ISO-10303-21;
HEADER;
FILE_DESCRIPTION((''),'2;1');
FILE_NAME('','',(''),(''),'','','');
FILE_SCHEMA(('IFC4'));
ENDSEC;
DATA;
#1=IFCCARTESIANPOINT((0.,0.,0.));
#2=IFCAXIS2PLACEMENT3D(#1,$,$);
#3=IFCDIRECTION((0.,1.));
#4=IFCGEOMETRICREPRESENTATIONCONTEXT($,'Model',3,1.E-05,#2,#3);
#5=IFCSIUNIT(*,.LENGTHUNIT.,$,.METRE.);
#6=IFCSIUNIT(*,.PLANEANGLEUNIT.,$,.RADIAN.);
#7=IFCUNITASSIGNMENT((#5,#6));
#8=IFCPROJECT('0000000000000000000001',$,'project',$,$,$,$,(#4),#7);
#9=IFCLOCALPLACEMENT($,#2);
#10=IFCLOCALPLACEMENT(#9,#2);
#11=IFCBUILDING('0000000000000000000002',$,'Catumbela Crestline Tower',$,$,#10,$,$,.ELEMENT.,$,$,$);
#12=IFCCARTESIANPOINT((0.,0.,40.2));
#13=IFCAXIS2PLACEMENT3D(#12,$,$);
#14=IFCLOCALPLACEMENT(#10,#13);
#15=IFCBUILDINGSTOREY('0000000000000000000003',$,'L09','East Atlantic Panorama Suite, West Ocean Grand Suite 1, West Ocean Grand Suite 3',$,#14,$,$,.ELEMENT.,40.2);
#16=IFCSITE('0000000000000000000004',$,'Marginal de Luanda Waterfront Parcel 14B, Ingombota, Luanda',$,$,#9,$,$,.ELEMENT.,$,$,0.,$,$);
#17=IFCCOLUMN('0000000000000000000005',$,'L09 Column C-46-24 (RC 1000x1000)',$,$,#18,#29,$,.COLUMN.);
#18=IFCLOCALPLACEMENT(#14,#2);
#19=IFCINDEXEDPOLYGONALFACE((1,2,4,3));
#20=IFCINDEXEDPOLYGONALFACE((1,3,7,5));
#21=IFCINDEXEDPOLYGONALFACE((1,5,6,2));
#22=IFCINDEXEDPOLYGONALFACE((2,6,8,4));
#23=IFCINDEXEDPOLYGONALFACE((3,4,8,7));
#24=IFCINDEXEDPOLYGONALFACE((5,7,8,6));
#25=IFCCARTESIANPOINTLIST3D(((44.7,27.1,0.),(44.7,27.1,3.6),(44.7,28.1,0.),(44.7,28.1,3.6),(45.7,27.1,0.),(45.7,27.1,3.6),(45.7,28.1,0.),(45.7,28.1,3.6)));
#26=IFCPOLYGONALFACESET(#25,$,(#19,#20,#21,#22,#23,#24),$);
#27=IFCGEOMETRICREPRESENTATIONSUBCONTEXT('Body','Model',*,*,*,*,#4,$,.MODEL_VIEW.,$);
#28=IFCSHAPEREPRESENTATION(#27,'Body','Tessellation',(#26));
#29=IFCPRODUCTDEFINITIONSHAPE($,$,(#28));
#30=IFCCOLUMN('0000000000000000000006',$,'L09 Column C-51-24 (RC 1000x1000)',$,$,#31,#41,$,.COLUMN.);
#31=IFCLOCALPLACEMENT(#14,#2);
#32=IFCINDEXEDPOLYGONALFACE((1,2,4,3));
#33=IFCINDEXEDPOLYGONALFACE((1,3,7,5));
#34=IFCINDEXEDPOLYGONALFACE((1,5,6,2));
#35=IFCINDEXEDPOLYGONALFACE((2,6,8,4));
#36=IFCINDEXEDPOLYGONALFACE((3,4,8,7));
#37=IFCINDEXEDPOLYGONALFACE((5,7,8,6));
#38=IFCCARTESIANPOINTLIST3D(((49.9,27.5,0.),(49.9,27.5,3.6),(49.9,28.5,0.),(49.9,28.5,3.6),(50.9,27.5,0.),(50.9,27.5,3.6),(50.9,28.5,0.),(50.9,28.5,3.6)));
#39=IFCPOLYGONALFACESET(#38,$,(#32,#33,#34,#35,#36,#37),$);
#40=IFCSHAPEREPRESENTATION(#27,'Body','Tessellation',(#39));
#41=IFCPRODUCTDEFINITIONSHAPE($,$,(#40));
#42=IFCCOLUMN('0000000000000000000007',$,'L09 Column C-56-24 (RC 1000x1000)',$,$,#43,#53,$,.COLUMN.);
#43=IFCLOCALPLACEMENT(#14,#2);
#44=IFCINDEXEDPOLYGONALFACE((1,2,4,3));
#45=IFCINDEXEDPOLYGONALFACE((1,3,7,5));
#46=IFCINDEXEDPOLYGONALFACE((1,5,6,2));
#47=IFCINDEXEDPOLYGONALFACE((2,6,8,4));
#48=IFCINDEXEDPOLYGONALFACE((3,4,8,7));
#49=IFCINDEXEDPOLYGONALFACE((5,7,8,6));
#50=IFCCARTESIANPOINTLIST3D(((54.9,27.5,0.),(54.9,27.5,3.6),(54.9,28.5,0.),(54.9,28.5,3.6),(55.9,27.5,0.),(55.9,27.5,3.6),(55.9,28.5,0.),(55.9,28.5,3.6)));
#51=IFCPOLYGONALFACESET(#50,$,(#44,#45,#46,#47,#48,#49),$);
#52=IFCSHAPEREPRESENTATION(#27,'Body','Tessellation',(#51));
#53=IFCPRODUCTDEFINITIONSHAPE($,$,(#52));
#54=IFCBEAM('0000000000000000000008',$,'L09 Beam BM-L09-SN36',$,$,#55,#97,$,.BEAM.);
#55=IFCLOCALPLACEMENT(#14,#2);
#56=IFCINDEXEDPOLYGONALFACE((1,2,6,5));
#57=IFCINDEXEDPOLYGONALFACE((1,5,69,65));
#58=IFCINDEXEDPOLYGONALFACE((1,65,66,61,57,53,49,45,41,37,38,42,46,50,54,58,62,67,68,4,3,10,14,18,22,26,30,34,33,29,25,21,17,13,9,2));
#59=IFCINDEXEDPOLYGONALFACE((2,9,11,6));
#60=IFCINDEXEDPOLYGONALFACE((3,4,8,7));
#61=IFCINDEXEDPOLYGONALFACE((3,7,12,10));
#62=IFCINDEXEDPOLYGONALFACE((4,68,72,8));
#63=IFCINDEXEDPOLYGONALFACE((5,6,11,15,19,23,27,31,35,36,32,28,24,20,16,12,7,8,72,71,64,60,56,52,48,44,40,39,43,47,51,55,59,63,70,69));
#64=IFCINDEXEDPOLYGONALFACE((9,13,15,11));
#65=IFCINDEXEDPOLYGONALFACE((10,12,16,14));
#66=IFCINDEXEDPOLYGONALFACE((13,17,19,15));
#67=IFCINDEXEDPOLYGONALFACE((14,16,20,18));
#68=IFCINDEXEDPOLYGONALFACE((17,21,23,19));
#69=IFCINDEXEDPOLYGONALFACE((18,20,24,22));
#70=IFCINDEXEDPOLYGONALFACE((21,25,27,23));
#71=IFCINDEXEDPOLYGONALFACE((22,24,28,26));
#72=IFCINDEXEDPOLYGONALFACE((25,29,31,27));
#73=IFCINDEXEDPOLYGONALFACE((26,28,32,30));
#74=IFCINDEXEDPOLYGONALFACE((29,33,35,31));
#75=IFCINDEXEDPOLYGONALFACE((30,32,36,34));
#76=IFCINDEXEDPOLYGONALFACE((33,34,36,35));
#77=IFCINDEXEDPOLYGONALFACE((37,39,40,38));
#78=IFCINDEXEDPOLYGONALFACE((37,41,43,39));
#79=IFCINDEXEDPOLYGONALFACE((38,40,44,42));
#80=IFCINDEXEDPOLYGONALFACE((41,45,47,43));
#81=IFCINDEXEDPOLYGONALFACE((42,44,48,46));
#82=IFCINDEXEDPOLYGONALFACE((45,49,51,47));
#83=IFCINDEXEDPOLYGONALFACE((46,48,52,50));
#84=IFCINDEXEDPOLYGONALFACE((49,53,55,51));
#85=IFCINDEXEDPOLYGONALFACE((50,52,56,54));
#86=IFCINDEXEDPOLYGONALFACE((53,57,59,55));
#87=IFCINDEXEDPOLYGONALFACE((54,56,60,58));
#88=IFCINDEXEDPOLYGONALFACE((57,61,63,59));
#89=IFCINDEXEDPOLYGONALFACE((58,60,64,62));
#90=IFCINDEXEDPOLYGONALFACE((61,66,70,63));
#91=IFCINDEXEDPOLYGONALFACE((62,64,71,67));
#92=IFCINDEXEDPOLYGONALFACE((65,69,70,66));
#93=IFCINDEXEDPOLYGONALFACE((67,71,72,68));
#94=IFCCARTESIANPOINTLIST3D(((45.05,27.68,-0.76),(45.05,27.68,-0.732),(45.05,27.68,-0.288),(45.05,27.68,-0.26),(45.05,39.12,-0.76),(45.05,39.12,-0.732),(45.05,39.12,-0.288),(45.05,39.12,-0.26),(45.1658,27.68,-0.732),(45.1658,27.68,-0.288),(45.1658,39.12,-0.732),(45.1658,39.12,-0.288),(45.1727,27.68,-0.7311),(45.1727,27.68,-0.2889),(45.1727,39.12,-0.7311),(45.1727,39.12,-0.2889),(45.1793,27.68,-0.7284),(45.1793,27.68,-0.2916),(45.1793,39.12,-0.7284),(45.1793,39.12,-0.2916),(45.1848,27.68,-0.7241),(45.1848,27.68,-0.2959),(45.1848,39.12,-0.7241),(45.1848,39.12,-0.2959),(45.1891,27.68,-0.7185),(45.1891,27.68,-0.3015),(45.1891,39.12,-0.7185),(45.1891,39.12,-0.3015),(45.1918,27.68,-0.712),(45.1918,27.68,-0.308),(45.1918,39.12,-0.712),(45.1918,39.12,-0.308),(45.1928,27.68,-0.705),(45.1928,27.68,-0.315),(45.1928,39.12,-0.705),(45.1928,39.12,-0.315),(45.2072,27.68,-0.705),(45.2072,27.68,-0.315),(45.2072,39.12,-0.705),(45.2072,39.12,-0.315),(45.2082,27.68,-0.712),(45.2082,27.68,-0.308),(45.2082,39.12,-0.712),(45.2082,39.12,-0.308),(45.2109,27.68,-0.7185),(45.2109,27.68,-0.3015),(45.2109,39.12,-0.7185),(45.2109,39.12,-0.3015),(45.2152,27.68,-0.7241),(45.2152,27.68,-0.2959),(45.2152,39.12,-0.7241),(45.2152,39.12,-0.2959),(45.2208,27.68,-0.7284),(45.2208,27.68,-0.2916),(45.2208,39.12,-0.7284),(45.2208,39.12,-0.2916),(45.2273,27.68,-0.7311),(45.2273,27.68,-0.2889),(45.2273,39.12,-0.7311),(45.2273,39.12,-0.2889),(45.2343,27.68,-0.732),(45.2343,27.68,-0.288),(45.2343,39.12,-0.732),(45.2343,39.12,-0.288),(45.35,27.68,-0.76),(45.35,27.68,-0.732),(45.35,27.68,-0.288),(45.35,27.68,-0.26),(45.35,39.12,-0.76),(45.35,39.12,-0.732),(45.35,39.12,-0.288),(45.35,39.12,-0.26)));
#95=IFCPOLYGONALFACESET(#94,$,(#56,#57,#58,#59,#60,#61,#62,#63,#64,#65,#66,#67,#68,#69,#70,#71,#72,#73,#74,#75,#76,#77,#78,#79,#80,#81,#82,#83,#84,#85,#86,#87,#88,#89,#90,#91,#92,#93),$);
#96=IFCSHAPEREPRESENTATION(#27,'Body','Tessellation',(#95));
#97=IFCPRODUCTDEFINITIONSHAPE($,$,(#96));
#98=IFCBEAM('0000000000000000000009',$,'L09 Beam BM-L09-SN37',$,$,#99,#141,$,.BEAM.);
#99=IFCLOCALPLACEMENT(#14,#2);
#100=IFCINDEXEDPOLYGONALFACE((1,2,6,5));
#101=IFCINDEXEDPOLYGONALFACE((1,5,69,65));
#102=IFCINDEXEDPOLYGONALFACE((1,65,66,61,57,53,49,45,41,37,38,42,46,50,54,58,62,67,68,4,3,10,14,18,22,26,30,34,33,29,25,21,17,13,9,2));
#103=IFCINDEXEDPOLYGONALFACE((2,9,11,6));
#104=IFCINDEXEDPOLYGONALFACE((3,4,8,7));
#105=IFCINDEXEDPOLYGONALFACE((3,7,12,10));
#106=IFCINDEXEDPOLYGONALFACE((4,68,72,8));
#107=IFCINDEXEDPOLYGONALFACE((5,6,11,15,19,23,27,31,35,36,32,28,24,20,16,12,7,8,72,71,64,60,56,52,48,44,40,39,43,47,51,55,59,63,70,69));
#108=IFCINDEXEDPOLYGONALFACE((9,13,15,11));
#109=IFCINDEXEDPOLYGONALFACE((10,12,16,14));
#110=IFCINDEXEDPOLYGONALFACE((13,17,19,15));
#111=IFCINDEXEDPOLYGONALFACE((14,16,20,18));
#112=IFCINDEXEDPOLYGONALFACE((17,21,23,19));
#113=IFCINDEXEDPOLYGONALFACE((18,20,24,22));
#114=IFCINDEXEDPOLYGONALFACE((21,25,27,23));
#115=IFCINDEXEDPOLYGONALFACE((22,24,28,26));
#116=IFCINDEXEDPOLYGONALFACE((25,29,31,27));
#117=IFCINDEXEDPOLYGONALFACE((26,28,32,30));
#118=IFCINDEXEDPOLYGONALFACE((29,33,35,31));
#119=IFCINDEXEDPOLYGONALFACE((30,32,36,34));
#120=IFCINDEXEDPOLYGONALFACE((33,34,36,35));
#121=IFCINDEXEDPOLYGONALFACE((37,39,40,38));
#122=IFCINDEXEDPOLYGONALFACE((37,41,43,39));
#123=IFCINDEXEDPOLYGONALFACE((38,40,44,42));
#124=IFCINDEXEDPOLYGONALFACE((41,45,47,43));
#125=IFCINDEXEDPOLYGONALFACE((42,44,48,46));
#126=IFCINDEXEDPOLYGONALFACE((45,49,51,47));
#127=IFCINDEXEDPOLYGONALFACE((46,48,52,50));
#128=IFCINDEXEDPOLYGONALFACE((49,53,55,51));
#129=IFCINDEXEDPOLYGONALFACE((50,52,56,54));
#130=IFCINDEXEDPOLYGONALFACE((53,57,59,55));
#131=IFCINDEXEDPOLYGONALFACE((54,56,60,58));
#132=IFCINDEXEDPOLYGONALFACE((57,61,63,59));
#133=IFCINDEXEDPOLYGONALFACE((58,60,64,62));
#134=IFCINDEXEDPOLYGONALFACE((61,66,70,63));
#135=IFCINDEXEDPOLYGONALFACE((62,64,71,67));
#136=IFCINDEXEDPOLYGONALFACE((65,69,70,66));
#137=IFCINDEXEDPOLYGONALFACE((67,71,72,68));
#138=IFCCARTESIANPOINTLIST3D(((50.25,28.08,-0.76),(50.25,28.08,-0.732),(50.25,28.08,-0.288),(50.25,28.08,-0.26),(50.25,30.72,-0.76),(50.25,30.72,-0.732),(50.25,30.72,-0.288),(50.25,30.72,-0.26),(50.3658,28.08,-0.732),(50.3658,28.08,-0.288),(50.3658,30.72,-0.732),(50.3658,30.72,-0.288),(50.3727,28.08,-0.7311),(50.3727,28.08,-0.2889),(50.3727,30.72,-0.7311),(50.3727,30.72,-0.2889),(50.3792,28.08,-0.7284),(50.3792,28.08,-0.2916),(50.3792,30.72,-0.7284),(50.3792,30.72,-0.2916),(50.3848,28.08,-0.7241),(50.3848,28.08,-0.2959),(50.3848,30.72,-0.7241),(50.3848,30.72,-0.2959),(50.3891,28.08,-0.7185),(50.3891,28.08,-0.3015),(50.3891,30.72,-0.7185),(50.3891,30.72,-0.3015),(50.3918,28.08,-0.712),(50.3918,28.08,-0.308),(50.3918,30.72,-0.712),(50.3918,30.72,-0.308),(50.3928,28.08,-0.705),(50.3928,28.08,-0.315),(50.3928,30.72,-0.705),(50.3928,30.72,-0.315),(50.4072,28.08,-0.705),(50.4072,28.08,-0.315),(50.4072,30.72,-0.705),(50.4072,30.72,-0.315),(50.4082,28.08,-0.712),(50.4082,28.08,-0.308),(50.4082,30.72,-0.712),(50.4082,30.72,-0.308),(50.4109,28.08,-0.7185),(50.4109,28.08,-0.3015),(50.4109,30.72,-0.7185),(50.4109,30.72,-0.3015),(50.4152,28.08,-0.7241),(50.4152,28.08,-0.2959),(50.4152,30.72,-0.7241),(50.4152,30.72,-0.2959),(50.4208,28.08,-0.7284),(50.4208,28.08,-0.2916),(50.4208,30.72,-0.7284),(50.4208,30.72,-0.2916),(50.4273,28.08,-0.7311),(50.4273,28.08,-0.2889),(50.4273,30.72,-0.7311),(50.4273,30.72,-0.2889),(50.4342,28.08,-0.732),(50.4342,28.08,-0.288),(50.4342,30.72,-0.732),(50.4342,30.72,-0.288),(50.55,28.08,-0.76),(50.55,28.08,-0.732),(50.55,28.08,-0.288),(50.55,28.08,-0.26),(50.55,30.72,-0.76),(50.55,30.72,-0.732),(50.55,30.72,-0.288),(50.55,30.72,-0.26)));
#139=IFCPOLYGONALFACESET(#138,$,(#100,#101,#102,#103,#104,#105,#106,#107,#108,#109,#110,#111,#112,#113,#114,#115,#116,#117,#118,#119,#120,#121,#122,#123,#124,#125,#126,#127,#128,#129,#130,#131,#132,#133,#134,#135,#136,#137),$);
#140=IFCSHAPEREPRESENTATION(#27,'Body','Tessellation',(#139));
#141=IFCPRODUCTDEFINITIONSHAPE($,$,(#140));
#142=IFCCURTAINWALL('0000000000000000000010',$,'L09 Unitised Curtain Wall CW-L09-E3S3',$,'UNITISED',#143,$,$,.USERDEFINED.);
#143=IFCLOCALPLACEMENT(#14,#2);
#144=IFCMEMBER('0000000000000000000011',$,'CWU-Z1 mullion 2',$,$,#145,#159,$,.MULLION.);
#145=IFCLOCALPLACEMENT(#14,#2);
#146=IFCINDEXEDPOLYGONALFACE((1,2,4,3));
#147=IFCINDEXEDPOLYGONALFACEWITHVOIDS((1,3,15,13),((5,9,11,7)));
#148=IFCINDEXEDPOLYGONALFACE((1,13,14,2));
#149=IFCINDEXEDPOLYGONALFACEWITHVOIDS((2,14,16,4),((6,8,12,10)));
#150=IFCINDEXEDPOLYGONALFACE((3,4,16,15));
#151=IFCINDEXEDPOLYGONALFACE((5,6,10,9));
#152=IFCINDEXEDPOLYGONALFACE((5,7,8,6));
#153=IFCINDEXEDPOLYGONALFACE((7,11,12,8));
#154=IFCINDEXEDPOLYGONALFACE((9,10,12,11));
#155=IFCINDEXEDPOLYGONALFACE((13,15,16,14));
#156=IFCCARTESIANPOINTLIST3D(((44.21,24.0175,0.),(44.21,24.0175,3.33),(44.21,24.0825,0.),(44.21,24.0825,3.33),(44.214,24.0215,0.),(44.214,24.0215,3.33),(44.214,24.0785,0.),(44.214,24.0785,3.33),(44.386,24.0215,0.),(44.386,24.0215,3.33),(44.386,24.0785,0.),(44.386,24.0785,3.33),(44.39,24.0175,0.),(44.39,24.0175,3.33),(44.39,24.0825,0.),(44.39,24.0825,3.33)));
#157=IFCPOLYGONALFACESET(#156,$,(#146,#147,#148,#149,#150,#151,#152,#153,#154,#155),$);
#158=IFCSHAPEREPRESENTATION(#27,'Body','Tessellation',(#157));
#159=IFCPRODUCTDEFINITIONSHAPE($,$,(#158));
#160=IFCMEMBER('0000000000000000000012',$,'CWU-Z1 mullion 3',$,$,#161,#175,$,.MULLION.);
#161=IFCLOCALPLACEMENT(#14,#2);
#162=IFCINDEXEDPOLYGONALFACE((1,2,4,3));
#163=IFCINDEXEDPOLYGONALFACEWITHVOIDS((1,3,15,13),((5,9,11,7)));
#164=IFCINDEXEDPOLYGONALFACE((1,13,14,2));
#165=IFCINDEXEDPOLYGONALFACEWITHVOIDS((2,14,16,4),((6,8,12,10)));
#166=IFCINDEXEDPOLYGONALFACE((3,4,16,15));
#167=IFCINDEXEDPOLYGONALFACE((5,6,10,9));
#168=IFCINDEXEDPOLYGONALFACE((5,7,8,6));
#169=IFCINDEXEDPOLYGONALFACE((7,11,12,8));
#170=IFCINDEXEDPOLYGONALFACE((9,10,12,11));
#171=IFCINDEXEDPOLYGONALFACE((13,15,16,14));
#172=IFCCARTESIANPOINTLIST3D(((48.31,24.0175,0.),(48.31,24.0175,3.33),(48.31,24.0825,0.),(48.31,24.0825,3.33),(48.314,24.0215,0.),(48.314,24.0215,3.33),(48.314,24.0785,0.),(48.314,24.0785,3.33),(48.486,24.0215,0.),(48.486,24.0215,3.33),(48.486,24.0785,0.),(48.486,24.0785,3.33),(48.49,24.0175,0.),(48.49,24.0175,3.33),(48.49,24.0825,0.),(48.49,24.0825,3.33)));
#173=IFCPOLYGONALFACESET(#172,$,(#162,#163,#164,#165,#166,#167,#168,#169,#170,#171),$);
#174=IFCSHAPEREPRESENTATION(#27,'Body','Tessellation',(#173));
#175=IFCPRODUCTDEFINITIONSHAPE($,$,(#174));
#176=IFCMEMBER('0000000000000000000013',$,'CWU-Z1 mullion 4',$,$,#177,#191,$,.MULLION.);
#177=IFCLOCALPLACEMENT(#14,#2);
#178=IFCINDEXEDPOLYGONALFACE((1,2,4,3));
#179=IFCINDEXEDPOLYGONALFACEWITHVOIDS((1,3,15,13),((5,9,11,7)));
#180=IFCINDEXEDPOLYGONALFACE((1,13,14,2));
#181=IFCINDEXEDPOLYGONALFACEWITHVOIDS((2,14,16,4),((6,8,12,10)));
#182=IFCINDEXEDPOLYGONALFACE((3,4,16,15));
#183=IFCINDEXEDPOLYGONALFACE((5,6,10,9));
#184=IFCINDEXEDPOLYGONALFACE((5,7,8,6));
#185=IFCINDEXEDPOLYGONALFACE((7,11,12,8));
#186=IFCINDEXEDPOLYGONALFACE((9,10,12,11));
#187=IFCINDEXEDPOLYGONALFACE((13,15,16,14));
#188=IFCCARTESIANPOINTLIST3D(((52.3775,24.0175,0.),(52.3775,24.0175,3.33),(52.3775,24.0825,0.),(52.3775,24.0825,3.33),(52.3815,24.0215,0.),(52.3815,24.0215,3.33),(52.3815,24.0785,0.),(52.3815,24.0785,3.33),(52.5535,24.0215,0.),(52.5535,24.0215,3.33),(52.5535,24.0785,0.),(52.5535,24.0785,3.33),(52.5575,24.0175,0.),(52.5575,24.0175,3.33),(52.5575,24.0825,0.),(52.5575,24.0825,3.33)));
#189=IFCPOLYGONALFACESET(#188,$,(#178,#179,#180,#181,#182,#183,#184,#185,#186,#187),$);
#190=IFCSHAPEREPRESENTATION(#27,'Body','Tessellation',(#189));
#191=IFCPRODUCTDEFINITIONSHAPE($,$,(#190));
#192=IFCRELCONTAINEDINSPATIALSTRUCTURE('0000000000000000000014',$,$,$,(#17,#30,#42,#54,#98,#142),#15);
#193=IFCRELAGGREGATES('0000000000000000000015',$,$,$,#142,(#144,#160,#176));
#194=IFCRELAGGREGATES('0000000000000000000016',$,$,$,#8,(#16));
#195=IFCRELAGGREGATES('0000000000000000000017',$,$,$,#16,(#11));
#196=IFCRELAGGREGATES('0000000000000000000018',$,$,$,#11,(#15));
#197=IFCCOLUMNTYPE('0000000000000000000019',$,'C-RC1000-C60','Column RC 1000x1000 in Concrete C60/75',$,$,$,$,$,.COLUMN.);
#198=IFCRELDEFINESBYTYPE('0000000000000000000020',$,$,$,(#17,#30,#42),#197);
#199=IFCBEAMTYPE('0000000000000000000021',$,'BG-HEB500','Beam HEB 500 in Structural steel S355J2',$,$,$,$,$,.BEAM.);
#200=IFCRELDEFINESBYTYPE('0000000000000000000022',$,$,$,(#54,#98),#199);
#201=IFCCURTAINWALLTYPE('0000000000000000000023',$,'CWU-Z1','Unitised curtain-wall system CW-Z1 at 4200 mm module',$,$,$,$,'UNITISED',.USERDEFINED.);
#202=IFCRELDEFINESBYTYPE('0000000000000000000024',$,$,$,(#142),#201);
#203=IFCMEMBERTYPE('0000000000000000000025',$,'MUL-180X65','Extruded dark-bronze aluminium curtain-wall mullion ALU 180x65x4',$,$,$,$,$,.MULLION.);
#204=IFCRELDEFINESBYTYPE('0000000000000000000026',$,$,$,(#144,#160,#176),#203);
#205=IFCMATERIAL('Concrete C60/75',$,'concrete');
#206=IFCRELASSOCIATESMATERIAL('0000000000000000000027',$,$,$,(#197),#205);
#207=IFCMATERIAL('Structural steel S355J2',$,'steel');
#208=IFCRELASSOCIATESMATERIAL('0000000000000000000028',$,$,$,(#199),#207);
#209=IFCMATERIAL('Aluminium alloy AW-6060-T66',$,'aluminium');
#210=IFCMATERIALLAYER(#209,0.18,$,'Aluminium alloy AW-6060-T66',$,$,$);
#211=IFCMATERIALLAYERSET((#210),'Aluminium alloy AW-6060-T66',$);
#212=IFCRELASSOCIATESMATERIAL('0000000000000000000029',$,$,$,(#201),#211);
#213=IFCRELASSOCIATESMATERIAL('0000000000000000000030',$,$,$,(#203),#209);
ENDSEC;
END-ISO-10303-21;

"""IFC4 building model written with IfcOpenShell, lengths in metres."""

from ifc_helpers import new_model, si_unit, direction, frame, origin, origin_2d, place, context, subcontext, project, spatial, rectangle, hollow_rectangle, i_section, extrude, material, layer, layer_set, material_profile, profile_set, type_object, element, aggregate, save


model = new_model("IFC4")

# Units and contexts
model_context = context("Model", 3, precision=1e-05, world=origin(), true_north=direction((0.0, 1.0)))
body_context = subcontext(model_context, "Body", "Model", "MODEL_VIEW")
ifc_project = project(units=[si_unit("LENGTHUNIT", "METRE"), si_unit("PLANEANGLEUNIT", "RADIAN")], contexts=[model_context])

# Site, building, storey
site_placement = place(None, origin())
site = spatial("IfcSite", under=ifc_project, at=site_placement, Name="Marginal de Luanda Waterfront Parcel 14B, Ingombota, Luanda", CompositionType="ELEMENT", RefElevation=0.0)
building_placement = place(site_placement, origin())
building = spatial("IfcBuilding", under=site, at=building_placement, Name="Catumbela Crestline Tower", CompositionType="ELEMENT")
storey_placement = place(building_placement, frame((0.0, 0.0, 40.2)))
storey = spatial("IfcBuildingStorey", under=building, at=storey_placement, Name="L09", Description="East Atlantic Panorama Suite, West Ocean Grand Suite 1, West Ocean Grand Suite 3", CompositionType="ELEMENT", Elevation=40.2)

# Columns
ifc_material_1 = material(Name="Concrete C60/75", Category="concrete")
ifc_material_profile_1 = material_profile(ifc_material_1, rectangle(XDim=1.0, YDim=1.0, at=origin_2d()), Name="RC 1000x1000")
ifc_profile_set_1 = profile_set([ifc_material_profile_1], Name="Concrete C60/75")
column_type = type_object("IfcColumnType", Name="C-RC1000-C60", Description="Column RC 1000x1000 in Concrete C60/75", PredefinedType="COLUMN", material=ifc_profile_set_1)
for number, where, z_axis, x_axis, name in (
    (1, (45.2, 27.6, 0.0), (0.0, 0.0, 1.0), (1.0, 0.0, 0.0), "L09 Column C-46-24 (RC 1000x1000)"),
    (2, (50.4, 28.0, 0.0), (0.0, 0.0, 1.0), (1.0, 0.0, 0.0), "L09 Column C-51-24 (RC 1000x1000)"),
    (3, (55.4, 28.0, 0.0), (0.0, 0.0, 1.0), (1.0, 0.0, 0.0), "L09 Column C-56-24 (RC 1000x1000)"),
):
    element("IfcColumn", number, at=place(storey_placement, frame(where, z_axis=z_axis, x_axis=x_axis)), inside=storey, type_object=column_type, Name=name, PredefinedType="COLUMN", context=body_context, shape_type="SweptSolid", body=[
        extrude(rectangle(XDim=1.0, YDim=1.0, at=origin_2d()), origin(), (0.0, 0.0, 1.0), 3.6),
    ])

# Beams
ifc_material_2 = material(Name="Structural steel S355J2", Category="steel")
ifc_material_profile_2 = material_profile(ifc_material_2, i_section(OverallWidth=0.3, OverallDepth=0.5, WebThickness=0.0145, FlangeThickness=0.028, FilletRadius=0.027, at=origin_2d()), Name="HEB 500")
ifc_profile_set_2 = profile_set([ifc_material_profile_2], Name="Structural steel S355J2")
beam_type_1 = type_object("IfcBeamType", Name="BG-HEB500", Description="Beam HEB 500 in Structural steel S355J2", PredefinedType="BEAM", material=ifc_profile_set_2)
beam_1_placement = place(storey_placement, frame((45.2, 27.68, -0.51), z_axis=(0.0, 1.0, 0.0), x_axis=(-1.0, 0.0, 0.0)))
element("IfcBeam", 4, at=beam_1_placement, inside=storey, type_object=beam_type_1, Name="L09 Beam BM-L09-SN36", PredefinedType="BEAM", context=body_context, shape_type="SweptSolid", body=[
    extrude(i_section(OverallWidth=0.3, OverallDepth=0.5, WebThickness=0.0145, FlangeThickness=0.028, FilletRadius=0.027, at=origin_2d()), origin(), (0.0, 0.0, 1.0), 11.44),
])
beam_2_placement = place(storey_placement, frame((50.4, 28.08, -0.51), z_axis=(0.0, 1.0, 0.0), x_axis=(-1.0, 0.0, 0.0)))
element("IfcBeam", 5, at=beam_2_placement, inside=storey, type_object=beam_type_1, Name="L09 Beam BM-L09-SN37", PredefinedType="BEAM", context=body_context, shape_type="SweptSolid", body=[
    extrude(i_section(OverallWidth=0.3, OverallDepth=0.5, WebThickness=0.0145, FlangeThickness=0.028, FilletRadius=0.027, at=origin_2d()), origin(), (0.0, 0.0, 1.0), 2.64),
])

# Curtain wall, members
ifc_material_3 = material(Name="Aluminium alloy AW-6060-T66", Category="aluminium")
ifc_layer_1 = layer(ifc_material_3, 0.18, Name="Aluminium alloy AW-6060-T66")
ifc_layer_set_1 = layer_set([ifc_layer_1], Name="Aluminium alloy AW-6060-T66")
curtain_wall_type = type_object("IfcCurtainWallType", Name="CWU-Z1", Description="Unitised curtain-wall system CW-Z1 at 4200 mm module", ElementType="UNITISED", PredefinedType="USERDEFINED", material=ifc_layer_set_1)
curtain_wall_1_placement = place(storey_placement, origin())
curtain_wall_1 = element("IfcCurtainWall", 6, at=curtain_wall_1_placement, inside=storey, type_object=curtain_wall_type, Name="L09 Unitised Curtain Wall CW-L09-E3S3", ObjectType="UNITISED", PredefinedType="USERDEFINED")
ifc_material_profile_3 = material_profile(ifc_material_3, hollow_rectangle(XDim=0.065, YDim=0.18, WallThickness=0.004, at=origin_2d()), Name="ALU 180x65x4")
ifc_profile_set_3 = profile_set([ifc_material_profile_3], Name="Aluminium alloy AW-6060-T66")
member_type_1 = type_object("IfcMemberType", Name="MUL-180X65", Description="Extruded dark-bronze aluminium curtain-wall mullion ALU 180x65x4", PredefinedType="MULLION", material=ifc_profile_set_3)
member_1_placement = place(storey_placement, frame((44.3, 24.05, 0.0), z_axis=(0.0, 0.0, 1.0), x_axis=(0.0, 1.0, 0.0)))
member_1 = element("IfcMember", 7, at=member_1_placement, type_object=member_type_1, Name="CWU-Z1 mullion 2", PredefinedType="MULLION", context=body_context, shape_type="SweptSolid", body=[
    extrude(hollow_rectangle(XDim=0.065, YDim=0.18, WallThickness=0.004, at=origin_2d()), origin(), (0.0, 0.0, 1.0), 3.33),
])
member_2_placement = place(storey_placement, frame((48.4, 24.05, 0.0), z_axis=(0.0, 0.0, 1.0), x_axis=(0.0, 1.0, 0.0)))
member_2 = element("IfcMember", 8, at=member_2_placement, type_object=member_type_1, Name="CWU-Z1 mullion 3", PredefinedType="MULLION", context=body_context, shape_type="SweptSolid", body=[
    extrude(hollow_rectangle(XDim=0.065, YDim=0.18, WallThickness=0.004, at=origin_2d()), origin(), (0.0, 0.0, 1.0), 3.33),
])
member_3_placement = place(storey_placement, frame((52.4675, 24.05, 0.0), z_axis=(0.0, 0.0, 1.0), x_axis=(0.0, 1.0, 0.0)))
member_3 = element("IfcMember", 9, at=member_3_placement, type_object=member_type_1, Name="CWU-Z1 mullion 4", PredefinedType="MULLION", context=body_context, shape_type="SweptSolid", body=[
    extrude(hollow_rectangle(XDim=0.065, YDim=0.18, WallThickness=0.004, at=origin_2d()), origin(), (0.0, 0.0, 1.0), 3.33),
])

aggregate(curtain_wall_1, [member_1, member_2, member_3])

save(model, "model.ifc")
